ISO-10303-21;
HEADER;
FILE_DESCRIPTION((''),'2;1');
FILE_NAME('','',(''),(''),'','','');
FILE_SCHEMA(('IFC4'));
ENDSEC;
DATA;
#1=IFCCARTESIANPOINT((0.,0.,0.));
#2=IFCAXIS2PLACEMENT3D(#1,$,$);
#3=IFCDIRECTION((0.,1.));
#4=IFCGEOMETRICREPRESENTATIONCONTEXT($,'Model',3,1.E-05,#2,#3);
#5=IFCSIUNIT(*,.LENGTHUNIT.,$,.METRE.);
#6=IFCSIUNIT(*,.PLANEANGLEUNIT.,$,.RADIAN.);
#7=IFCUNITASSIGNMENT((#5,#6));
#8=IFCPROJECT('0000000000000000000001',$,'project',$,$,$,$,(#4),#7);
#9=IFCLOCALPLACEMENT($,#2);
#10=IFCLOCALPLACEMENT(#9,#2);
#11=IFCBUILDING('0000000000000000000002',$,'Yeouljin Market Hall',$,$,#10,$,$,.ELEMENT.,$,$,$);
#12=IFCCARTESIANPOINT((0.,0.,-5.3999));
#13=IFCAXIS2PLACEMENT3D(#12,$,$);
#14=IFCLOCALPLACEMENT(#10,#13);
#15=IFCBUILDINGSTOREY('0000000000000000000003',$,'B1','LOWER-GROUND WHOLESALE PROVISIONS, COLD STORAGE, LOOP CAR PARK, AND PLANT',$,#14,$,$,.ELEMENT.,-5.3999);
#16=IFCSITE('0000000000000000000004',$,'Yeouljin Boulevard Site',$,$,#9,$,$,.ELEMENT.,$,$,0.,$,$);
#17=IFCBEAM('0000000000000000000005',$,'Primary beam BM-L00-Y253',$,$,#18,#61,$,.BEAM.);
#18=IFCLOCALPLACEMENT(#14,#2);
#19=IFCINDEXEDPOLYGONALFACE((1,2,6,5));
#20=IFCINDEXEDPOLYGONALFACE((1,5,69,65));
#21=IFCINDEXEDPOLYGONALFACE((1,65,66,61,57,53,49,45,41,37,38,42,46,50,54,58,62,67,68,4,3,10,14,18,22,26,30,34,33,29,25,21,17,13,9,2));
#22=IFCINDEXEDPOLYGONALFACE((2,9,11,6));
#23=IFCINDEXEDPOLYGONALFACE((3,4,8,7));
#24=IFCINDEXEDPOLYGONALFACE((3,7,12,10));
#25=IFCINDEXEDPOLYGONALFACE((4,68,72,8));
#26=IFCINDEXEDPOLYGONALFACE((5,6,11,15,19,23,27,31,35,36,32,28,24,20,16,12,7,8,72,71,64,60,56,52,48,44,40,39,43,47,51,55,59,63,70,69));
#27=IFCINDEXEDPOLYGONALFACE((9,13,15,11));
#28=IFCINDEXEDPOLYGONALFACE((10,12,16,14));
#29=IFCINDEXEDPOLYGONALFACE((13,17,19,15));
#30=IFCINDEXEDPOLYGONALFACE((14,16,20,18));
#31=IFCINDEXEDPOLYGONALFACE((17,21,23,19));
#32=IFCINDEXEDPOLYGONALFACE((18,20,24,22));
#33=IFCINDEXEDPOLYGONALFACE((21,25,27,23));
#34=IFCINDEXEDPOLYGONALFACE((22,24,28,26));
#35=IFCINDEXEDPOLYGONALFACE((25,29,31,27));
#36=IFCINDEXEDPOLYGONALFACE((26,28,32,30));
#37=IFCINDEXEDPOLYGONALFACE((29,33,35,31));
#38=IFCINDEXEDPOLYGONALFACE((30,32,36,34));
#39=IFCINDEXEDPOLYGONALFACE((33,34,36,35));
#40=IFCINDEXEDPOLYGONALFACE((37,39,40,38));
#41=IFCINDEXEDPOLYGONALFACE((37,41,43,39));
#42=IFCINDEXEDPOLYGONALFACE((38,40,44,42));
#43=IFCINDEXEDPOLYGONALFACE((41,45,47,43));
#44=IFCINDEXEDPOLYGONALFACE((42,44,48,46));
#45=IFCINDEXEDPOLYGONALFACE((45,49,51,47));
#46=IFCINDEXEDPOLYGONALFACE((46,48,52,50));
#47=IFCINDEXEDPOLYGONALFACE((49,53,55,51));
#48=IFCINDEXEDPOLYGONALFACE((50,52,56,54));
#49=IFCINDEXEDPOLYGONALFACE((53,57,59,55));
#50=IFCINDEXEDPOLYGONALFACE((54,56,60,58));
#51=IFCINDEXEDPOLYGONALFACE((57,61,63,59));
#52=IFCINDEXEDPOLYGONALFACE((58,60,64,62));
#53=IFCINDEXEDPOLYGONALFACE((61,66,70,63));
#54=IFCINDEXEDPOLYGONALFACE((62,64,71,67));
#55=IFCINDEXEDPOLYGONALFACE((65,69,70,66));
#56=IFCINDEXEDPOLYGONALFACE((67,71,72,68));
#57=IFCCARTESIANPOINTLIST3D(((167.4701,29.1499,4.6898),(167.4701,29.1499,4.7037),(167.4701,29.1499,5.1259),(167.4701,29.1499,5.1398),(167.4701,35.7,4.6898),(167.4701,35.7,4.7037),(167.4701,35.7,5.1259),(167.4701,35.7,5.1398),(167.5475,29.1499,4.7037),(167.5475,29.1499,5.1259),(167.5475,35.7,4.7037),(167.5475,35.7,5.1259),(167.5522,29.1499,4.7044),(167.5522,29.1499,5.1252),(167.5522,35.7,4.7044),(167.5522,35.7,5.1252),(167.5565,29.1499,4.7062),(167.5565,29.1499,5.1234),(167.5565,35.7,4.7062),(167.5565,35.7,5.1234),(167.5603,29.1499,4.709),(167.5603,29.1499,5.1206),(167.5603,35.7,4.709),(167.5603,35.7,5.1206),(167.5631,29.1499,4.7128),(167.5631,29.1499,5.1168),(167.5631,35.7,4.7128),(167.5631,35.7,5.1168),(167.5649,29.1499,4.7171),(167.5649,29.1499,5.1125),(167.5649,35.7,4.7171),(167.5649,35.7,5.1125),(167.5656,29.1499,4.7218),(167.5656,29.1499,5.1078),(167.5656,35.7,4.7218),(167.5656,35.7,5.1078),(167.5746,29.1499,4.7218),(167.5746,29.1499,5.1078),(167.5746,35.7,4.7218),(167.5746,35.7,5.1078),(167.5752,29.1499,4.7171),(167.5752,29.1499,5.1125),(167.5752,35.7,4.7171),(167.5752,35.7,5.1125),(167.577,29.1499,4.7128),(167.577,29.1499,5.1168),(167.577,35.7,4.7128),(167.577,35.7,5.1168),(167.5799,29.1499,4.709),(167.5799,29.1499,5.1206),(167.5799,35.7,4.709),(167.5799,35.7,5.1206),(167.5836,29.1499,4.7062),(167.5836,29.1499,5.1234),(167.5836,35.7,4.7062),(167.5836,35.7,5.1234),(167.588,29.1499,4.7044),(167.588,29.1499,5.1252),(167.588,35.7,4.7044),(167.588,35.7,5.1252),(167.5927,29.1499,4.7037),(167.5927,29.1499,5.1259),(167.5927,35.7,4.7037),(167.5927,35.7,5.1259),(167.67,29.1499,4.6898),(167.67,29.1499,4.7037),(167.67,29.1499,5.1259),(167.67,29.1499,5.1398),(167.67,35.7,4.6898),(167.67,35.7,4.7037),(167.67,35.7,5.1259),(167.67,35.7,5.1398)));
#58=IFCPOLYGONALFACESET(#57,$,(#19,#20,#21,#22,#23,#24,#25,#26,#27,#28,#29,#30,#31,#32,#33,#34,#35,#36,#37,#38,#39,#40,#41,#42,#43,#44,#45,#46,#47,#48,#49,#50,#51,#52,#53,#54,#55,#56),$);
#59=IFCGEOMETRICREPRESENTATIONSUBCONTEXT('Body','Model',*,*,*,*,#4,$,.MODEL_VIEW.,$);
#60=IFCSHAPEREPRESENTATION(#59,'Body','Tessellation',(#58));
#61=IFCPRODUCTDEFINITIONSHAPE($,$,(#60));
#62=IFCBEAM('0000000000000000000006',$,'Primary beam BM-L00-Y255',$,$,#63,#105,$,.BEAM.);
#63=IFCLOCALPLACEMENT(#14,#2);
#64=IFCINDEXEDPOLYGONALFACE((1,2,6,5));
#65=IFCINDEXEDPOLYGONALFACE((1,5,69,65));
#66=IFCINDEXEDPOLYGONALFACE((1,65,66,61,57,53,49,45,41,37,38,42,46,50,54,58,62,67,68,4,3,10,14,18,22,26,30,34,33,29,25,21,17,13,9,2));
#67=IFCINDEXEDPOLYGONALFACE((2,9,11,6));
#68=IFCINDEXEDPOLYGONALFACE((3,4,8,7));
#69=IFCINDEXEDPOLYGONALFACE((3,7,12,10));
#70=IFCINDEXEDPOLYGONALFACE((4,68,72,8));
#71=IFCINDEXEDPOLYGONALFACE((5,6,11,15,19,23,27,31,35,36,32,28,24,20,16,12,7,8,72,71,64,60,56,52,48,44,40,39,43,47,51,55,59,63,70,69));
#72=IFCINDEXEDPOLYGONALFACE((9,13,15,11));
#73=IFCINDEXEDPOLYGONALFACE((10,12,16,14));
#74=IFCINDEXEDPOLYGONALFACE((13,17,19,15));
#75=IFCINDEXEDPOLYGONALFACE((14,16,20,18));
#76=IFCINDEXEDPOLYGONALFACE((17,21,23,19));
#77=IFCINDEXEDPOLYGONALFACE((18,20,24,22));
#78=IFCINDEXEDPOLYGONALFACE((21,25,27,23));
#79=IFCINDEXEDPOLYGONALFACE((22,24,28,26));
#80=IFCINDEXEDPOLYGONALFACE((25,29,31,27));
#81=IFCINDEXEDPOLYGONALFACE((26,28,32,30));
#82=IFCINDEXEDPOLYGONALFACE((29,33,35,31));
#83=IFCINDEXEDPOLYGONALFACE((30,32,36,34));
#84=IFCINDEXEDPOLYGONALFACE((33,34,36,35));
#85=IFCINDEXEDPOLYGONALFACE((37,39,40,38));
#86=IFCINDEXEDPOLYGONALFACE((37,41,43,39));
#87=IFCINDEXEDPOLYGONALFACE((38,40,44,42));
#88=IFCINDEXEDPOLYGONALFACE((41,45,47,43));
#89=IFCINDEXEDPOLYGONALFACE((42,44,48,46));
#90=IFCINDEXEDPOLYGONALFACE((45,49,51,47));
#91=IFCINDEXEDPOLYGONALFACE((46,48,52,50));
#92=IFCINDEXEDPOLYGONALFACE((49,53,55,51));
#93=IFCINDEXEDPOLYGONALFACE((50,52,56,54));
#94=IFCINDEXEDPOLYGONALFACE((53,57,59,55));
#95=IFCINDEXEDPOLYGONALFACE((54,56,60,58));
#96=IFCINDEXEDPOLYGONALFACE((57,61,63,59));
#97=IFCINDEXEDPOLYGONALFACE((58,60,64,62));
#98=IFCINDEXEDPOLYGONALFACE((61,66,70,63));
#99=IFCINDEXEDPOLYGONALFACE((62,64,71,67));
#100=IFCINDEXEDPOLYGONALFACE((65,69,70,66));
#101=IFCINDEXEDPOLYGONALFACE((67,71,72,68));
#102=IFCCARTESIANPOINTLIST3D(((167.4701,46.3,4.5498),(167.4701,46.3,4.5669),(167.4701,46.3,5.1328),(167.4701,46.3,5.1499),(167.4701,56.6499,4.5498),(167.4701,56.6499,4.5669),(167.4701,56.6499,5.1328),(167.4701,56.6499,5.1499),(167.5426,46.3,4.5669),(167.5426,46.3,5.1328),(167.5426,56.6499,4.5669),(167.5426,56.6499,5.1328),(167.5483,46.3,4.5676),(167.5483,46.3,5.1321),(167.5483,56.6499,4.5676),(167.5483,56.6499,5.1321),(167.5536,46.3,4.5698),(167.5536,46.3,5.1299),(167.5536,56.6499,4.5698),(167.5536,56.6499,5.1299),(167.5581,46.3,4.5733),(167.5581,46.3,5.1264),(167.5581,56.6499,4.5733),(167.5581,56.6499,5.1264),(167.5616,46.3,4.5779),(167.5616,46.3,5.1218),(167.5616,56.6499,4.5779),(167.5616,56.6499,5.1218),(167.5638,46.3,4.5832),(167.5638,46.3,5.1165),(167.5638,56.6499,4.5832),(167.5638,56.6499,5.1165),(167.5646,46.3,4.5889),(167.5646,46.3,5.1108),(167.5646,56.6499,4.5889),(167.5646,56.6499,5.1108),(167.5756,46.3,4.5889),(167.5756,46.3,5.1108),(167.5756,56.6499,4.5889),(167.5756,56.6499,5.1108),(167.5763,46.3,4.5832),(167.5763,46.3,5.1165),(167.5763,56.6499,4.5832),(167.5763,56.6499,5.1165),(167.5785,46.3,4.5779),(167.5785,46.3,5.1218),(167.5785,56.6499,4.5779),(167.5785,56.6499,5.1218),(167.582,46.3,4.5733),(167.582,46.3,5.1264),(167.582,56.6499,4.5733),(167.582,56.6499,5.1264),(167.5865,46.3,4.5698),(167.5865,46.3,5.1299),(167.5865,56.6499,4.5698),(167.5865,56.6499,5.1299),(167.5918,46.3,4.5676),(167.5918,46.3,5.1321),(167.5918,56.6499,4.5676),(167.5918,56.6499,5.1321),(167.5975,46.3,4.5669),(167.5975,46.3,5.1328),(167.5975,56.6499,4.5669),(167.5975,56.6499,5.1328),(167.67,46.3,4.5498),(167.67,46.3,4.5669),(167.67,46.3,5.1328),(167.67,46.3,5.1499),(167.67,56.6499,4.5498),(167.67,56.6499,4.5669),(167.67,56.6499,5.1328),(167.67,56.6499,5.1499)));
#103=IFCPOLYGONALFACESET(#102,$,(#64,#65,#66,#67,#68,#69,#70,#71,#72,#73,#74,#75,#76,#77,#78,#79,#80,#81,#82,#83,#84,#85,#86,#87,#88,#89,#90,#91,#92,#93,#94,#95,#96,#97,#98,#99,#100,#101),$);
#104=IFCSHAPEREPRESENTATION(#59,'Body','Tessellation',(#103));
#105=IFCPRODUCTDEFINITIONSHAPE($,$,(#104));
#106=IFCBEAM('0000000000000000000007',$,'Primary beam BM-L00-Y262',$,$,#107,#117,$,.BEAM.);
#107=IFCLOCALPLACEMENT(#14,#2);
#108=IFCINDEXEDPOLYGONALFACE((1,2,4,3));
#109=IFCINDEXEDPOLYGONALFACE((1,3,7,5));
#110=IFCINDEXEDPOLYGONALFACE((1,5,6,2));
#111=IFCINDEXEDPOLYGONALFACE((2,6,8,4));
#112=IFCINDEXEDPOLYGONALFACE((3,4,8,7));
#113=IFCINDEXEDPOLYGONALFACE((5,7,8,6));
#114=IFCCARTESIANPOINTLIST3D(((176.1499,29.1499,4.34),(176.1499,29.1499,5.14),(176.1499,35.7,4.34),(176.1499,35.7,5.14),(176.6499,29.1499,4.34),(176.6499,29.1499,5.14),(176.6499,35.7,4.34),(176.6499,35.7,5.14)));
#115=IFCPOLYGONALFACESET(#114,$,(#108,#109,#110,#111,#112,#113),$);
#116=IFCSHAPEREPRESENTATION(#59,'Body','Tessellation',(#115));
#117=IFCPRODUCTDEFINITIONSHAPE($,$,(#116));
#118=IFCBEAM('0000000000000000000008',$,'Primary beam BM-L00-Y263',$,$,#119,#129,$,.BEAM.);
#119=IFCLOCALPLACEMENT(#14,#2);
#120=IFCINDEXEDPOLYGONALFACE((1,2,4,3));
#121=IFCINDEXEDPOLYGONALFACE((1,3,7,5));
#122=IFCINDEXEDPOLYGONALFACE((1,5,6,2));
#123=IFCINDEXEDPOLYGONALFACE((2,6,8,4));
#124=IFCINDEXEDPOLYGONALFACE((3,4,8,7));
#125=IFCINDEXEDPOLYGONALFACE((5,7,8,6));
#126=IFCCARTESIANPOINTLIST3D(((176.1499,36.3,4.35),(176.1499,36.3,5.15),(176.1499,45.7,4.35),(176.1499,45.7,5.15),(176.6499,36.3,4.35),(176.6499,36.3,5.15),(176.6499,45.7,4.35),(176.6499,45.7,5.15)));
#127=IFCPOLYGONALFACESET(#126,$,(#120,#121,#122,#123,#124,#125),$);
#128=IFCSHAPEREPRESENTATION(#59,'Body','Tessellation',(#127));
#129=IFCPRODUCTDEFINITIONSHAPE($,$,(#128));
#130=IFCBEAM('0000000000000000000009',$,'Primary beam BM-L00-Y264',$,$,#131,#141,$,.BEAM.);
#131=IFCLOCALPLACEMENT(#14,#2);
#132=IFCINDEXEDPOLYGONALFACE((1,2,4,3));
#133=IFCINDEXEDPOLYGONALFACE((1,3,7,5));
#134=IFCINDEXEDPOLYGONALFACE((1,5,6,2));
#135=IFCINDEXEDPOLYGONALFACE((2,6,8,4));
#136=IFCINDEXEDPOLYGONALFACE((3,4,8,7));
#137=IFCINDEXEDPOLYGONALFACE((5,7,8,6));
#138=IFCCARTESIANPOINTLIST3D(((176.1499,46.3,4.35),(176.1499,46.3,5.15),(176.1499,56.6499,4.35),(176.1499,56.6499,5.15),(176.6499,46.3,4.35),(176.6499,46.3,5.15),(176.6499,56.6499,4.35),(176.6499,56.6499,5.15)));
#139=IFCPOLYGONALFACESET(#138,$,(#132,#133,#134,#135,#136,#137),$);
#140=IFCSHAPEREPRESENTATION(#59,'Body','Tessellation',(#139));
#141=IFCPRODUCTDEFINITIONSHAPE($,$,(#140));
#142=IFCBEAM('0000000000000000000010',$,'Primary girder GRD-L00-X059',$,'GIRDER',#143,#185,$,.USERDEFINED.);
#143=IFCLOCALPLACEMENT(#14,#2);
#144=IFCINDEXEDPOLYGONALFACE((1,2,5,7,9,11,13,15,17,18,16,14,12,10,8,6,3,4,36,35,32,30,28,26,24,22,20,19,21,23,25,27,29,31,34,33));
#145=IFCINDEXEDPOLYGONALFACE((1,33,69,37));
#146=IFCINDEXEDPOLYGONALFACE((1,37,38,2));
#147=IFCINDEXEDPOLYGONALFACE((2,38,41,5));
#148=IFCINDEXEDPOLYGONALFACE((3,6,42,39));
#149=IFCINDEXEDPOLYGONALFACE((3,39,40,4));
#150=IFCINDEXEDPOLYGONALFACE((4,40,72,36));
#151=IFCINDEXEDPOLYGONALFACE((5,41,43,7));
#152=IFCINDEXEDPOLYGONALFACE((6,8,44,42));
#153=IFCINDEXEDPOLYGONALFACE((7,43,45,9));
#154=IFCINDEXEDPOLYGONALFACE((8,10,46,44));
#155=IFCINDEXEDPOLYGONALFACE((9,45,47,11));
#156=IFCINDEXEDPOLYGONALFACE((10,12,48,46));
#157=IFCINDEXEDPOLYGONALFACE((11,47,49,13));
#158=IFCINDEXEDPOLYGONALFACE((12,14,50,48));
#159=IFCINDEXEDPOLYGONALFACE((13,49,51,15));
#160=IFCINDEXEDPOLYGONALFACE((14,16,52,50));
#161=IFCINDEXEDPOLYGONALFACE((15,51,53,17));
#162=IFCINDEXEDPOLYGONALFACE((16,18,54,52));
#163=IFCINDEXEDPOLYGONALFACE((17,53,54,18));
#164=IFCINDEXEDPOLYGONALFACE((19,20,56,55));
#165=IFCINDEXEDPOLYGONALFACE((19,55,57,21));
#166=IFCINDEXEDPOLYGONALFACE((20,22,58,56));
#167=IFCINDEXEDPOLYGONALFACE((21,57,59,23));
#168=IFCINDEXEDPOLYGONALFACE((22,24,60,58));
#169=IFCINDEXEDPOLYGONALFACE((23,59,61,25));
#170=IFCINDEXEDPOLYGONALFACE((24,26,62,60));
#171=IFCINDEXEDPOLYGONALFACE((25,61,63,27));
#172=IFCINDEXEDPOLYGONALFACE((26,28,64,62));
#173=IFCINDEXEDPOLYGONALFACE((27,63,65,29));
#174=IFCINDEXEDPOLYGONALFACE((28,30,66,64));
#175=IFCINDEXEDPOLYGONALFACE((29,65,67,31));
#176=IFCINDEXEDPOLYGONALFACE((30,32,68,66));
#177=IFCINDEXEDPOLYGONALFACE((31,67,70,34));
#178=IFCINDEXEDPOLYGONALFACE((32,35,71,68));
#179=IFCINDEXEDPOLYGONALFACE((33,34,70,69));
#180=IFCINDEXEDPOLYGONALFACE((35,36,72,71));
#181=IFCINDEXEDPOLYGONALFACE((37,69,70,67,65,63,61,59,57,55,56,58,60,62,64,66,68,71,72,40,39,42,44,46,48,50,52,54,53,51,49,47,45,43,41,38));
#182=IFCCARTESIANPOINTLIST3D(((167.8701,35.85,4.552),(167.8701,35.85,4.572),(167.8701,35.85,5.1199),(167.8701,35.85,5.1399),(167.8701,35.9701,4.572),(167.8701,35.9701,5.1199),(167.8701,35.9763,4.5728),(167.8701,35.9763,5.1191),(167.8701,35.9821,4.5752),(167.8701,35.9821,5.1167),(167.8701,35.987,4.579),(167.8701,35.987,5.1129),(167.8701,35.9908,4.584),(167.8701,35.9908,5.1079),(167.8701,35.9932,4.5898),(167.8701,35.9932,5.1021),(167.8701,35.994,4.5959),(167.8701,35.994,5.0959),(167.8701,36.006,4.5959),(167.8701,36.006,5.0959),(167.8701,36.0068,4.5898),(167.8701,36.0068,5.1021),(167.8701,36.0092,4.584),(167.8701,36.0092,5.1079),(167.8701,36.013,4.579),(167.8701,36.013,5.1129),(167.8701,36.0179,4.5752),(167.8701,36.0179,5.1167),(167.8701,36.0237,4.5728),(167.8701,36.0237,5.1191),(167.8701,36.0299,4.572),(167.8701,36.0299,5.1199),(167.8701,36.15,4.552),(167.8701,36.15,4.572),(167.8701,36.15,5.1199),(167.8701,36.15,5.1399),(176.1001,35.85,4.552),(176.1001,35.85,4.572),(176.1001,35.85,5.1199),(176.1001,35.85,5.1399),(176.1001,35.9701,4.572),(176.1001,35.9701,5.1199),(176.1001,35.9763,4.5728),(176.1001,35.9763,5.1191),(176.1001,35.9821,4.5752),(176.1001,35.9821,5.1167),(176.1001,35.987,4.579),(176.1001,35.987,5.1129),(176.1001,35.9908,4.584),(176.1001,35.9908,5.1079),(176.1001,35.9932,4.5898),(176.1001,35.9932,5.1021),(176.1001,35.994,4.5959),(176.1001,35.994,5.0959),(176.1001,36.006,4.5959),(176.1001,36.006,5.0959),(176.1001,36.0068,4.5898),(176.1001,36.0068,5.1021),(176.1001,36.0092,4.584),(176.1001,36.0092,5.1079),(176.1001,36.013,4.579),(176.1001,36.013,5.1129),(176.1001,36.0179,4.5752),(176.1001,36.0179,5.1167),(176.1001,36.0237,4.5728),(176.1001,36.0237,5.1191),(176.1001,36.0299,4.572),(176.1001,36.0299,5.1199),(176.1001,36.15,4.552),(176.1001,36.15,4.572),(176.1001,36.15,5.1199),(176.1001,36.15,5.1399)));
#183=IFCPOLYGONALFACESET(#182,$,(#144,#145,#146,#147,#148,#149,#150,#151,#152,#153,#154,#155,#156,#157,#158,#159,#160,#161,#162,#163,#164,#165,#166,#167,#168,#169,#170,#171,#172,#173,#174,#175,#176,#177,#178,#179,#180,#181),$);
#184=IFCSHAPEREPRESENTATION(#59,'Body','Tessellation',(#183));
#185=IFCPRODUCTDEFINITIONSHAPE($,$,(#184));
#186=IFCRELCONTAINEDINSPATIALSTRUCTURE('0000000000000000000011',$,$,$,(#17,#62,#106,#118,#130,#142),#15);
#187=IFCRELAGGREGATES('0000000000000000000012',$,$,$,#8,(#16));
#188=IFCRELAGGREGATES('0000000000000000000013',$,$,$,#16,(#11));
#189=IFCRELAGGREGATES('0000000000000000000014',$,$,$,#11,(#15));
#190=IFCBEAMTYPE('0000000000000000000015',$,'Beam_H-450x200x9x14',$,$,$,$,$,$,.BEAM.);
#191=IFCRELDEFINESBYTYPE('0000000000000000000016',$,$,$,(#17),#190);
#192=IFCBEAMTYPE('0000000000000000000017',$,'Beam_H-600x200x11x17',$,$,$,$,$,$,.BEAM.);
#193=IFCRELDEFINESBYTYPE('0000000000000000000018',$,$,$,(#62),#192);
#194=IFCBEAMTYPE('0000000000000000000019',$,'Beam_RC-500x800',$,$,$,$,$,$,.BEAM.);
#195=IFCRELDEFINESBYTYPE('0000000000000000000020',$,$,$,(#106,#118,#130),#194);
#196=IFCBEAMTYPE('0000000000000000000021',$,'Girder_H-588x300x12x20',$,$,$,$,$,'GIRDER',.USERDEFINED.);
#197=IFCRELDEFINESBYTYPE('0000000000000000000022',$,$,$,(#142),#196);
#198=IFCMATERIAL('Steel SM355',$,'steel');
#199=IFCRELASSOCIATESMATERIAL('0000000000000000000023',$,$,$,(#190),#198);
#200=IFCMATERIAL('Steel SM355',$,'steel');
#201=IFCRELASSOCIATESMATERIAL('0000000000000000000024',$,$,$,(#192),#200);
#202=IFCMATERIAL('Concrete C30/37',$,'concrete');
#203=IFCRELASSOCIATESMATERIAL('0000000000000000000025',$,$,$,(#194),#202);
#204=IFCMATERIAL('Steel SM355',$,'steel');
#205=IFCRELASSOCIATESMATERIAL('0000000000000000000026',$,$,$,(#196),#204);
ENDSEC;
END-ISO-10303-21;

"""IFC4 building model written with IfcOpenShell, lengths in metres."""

from ifc_helpers import new_model, si_unit, direction, frame, origin, origin_2d, place, context, subcontext, project, spatial, rectangle, i_section, extrude, material, material_profile, profile_set, type_object, element, save


model = new_model("IFC4")

# Units and contexts
model_context = context("Model", 3, precision=1e-05, world=origin(), true_north=direction((0.0, 1.0)))
body_context = subcontext(model_context, "Body", "Model", "MODEL_VIEW")
ifc_project = project(units=[si_unit("LENGTHUNIT", "METRE"), si_unit("PLANEANGLEUNIT", "RADIAN")], contexts=[model_context])

# Site, building, storey
site_placement = place(None, origin())
site = spatial("IfcSite", under=ifc_project, at=site_placement, Name="Yeouljin Boulevard Site", CompositionType="ELEMENT", RefElevation=0.0)
building_placement = place(site_placement, origin())
building = spatial("IfcBuilding", under=site, at=building_placement, Name="Yeouljin Market Hall", CompositionType="ELEMENT")
storey_placement = place(building_placement, frame((0.0, 0.0, -5.3999)))
storey = spatial("IfcBuildingStorey", under=building, at=storey_placement, Name="B1", Description="LOWER-GROUND WHOLESALE PROVISIONS, COLD STORAGE, LOOP CAR PARK, AND PLANT", CompositionType="ELEMENT", Elevation=-5.3999)

# Beams
ifc_material_1 = material(Name="Steel SM355", Category="steel")
ifc_material_profile_1 = material_profile(ifc_material_1, i_section(OverallWidth=0.2, OverallDepth=0.45, WebThickness=0.009, FlangeThickness=0.0139, FilletRadius=0.0181, at=origin_2d()), Name="H-450x200x9x14")
ifc_profile_set_1 = profile_set([ifc_material_profile_1], Name="Steel SM355")
beam_type_1 = type_object("IfcBeamType", Name="Beam_H-450x200x9x14", PredefinedType="BEAM", material=ifc_profile_set_1)
beam_1_placement = place(storey_placement, frame((167.5701, 29.1499, 4.9148), z_axis=(0.0, 1.0, 0.0), x_axis=(-1.0, 0.0, 0.0)))
element("IfcBeam", 1, at=beam_1_placement, inside=storey, type_object=beam_type_1, Name="Primary beam BM-L00-Y253", PredefinedType="BEAM", context=body_context, shape_type="SweptSolid", body=[
    extrude(i_section(OverallWidth=0.2, OverallDepth=0.45, WebThickness=0.009, FlangeThickness=0.0139, FilletRadius=0.0181, at=origin_2d()), origin(), (0.0, 0.0, 1.0), 6.55),
])
ifc_material_2 = material(Name="Steel SM355", Category="steel")
ifc_material_profile_2 = material_profile(ifc_material_2, i_section(OverallWidth=0.2, OverallDepth=0.6001, WebThickness=0.011, FlangeThickness=0.0171, FilletRadius=0.022, at=origin_2d()), Name="H-600x200x11x17")
ifc_profile_set_2 = profile_set([ifc_material_profile_2], Name="Steel SM355")
beam_type_2 = type_object("IfcBeamType", Name="Beam_H-600x200x11x17", PredefinedType="BEAM", material=ifc_profile_set_2)
beam_2_placement = place(storey_placement, frame((167.5701, 46.3, 4.8499), z_axis=(0.0, 1.0, 0.0), x_axis=(-1.0, 0.0, 0.0)))
element("IfcBeam", 2, at=beam_2_placement, inside=storey, type_object=beam_type_2, Name="Primary beam BM-L00-Y255", PredefinedType="BEAM", context=body_context, shape_type="SweptSolid", body=[
    extrude(i_section(OverallWidth=0.2, OverallDepth=0.6001, WebThickness=0.011, FlangeThickness=0.0171, FilletRadius=0.022, at=origin_2d()), origin(), (0.0, 0.0, 1.0), 10.3499),
])
ifc_material_3 = material(Name="Concrete C30/37", Category="concrete")
ifc_material_profile_3 = material_profile(ifc_material_3, rectangle(XDim=0.5, YDim=0.8, at=origin_2d()), Name="RC-500x800")
ifc_profile_set_3 = profile_set([ifc_material_profile_3], Name="Concrete C30/37")
beam_type_3 = type_object("IfcBeamType", Name="Beam_RC-500x800", PredefinedType="BEAM", material=ifc_profile_set_3)
beam_3_placement = place(storey_placement, frame((176.3999, 29.1499, 4.74), z_axis=(0.0, 1.0, 0.0), x_axis=(-1.0, 0.0, 0.0)))
element("IfcBeam", 3, at=beam_3_placement, inside=storey, type_object=beam_type_3, Name="Primary beam BM-L00-Y262", PredefinedType="BEAM", context=body_context, shape_type="SweptSolid", body=[
    extrude(rectangle(XDim=0.5, YDim=0.8, at=origin_2d()), origin(), (0.0, 0.0, 1.0), 6.55),
])
beam_4_placement = place(storey_placement, frame((176.3999, 36.3, 4.75), z_axis=(0.0, 1.0, 0.0), x_axis=(-1.0, 0.0, 0.0)))
element("IfcBeam", 4, at=beam_4_placement, inside=storey, type_object=beam_type_3, Name="Primary beam BM-L00-Y263", PredefinedType="BEAM", context=body_context, shape_type="SweptSolid", body=[
    extrude(rectangle(XDim=0.5, YDim=0.8, at=origin_2d()), origin(), (0.0, 0.0, 1.0), 9.3999),
])
beam_5_placement = place(storey_placement, frame((176.3999, 46.3, 4.75), z_axis=(0.0, 1.0, 0.0), x_axis=(-1.0, 0.0, 0.0)))
element("IfcBeam", 5, at=beam_5_placement, inside=storey, type_object=beam_type_3, Name="Primary beam BM-L00-Y264", PredefinedType="BEAM", context=body_context, shape_type="SweptSolid", body=[
    extrude(rectangle(XDim=0.5, YDim=0.8, at=origin_2d()), origin(), (0.0, 0.0, 1.0), 10.3499),
])
ifc_material_4 = material(Name="Steel SM355", Category="steel")
ifc_material_profile_4 = material_profile(ifc_material_4, i_section(OverallWidth=0.3, OverallDepth=0.5879, WebThickness=0.012, FlangeThickness=0.02, FilletRadius=0.0239, at=origin_2d()), Name="H-588x300x12x20")
ifc_profile_set_4 = profile_set([ifc_material_profile_4], Name="Steel SM355")
beam_type_4 = type_object("IfcBeamType", Name="Girder_H-588x300x12x20", ElementType="GIRDER", PredefinedType="USERDEFINED", material=ifc_profile_set_4)
for number, where, z_axis, x_axis, name in (
    (6, (167.8701, 36.0, 4.8459), (1.0, 0.0, 0.0), (0.0, 1.0, 0.0), "Primary girder GRD-L00-X059"),
):
    element("IfcBeam", number, at=place(storey_placement, frame(where, z_axis=z_axis, x_axis=x_axis)), inside=storey, type_object=beam_type_4, Name=name, ObjectType="GIRDER", PredefinedType="USERDEFINED", context=body_context, shape_type="SweptSolid", body=[
        extrude(i_section(OverallWidth=0.3, OverallDepth=0.5879, WebThickness=0.012, FlangeThickness=0.02, FilletRadius=0.0239, at=origin_2d()), origin(), (0.0, 0.0, 1.0), 8.23),
    ])

save(model, "model.ifc")
